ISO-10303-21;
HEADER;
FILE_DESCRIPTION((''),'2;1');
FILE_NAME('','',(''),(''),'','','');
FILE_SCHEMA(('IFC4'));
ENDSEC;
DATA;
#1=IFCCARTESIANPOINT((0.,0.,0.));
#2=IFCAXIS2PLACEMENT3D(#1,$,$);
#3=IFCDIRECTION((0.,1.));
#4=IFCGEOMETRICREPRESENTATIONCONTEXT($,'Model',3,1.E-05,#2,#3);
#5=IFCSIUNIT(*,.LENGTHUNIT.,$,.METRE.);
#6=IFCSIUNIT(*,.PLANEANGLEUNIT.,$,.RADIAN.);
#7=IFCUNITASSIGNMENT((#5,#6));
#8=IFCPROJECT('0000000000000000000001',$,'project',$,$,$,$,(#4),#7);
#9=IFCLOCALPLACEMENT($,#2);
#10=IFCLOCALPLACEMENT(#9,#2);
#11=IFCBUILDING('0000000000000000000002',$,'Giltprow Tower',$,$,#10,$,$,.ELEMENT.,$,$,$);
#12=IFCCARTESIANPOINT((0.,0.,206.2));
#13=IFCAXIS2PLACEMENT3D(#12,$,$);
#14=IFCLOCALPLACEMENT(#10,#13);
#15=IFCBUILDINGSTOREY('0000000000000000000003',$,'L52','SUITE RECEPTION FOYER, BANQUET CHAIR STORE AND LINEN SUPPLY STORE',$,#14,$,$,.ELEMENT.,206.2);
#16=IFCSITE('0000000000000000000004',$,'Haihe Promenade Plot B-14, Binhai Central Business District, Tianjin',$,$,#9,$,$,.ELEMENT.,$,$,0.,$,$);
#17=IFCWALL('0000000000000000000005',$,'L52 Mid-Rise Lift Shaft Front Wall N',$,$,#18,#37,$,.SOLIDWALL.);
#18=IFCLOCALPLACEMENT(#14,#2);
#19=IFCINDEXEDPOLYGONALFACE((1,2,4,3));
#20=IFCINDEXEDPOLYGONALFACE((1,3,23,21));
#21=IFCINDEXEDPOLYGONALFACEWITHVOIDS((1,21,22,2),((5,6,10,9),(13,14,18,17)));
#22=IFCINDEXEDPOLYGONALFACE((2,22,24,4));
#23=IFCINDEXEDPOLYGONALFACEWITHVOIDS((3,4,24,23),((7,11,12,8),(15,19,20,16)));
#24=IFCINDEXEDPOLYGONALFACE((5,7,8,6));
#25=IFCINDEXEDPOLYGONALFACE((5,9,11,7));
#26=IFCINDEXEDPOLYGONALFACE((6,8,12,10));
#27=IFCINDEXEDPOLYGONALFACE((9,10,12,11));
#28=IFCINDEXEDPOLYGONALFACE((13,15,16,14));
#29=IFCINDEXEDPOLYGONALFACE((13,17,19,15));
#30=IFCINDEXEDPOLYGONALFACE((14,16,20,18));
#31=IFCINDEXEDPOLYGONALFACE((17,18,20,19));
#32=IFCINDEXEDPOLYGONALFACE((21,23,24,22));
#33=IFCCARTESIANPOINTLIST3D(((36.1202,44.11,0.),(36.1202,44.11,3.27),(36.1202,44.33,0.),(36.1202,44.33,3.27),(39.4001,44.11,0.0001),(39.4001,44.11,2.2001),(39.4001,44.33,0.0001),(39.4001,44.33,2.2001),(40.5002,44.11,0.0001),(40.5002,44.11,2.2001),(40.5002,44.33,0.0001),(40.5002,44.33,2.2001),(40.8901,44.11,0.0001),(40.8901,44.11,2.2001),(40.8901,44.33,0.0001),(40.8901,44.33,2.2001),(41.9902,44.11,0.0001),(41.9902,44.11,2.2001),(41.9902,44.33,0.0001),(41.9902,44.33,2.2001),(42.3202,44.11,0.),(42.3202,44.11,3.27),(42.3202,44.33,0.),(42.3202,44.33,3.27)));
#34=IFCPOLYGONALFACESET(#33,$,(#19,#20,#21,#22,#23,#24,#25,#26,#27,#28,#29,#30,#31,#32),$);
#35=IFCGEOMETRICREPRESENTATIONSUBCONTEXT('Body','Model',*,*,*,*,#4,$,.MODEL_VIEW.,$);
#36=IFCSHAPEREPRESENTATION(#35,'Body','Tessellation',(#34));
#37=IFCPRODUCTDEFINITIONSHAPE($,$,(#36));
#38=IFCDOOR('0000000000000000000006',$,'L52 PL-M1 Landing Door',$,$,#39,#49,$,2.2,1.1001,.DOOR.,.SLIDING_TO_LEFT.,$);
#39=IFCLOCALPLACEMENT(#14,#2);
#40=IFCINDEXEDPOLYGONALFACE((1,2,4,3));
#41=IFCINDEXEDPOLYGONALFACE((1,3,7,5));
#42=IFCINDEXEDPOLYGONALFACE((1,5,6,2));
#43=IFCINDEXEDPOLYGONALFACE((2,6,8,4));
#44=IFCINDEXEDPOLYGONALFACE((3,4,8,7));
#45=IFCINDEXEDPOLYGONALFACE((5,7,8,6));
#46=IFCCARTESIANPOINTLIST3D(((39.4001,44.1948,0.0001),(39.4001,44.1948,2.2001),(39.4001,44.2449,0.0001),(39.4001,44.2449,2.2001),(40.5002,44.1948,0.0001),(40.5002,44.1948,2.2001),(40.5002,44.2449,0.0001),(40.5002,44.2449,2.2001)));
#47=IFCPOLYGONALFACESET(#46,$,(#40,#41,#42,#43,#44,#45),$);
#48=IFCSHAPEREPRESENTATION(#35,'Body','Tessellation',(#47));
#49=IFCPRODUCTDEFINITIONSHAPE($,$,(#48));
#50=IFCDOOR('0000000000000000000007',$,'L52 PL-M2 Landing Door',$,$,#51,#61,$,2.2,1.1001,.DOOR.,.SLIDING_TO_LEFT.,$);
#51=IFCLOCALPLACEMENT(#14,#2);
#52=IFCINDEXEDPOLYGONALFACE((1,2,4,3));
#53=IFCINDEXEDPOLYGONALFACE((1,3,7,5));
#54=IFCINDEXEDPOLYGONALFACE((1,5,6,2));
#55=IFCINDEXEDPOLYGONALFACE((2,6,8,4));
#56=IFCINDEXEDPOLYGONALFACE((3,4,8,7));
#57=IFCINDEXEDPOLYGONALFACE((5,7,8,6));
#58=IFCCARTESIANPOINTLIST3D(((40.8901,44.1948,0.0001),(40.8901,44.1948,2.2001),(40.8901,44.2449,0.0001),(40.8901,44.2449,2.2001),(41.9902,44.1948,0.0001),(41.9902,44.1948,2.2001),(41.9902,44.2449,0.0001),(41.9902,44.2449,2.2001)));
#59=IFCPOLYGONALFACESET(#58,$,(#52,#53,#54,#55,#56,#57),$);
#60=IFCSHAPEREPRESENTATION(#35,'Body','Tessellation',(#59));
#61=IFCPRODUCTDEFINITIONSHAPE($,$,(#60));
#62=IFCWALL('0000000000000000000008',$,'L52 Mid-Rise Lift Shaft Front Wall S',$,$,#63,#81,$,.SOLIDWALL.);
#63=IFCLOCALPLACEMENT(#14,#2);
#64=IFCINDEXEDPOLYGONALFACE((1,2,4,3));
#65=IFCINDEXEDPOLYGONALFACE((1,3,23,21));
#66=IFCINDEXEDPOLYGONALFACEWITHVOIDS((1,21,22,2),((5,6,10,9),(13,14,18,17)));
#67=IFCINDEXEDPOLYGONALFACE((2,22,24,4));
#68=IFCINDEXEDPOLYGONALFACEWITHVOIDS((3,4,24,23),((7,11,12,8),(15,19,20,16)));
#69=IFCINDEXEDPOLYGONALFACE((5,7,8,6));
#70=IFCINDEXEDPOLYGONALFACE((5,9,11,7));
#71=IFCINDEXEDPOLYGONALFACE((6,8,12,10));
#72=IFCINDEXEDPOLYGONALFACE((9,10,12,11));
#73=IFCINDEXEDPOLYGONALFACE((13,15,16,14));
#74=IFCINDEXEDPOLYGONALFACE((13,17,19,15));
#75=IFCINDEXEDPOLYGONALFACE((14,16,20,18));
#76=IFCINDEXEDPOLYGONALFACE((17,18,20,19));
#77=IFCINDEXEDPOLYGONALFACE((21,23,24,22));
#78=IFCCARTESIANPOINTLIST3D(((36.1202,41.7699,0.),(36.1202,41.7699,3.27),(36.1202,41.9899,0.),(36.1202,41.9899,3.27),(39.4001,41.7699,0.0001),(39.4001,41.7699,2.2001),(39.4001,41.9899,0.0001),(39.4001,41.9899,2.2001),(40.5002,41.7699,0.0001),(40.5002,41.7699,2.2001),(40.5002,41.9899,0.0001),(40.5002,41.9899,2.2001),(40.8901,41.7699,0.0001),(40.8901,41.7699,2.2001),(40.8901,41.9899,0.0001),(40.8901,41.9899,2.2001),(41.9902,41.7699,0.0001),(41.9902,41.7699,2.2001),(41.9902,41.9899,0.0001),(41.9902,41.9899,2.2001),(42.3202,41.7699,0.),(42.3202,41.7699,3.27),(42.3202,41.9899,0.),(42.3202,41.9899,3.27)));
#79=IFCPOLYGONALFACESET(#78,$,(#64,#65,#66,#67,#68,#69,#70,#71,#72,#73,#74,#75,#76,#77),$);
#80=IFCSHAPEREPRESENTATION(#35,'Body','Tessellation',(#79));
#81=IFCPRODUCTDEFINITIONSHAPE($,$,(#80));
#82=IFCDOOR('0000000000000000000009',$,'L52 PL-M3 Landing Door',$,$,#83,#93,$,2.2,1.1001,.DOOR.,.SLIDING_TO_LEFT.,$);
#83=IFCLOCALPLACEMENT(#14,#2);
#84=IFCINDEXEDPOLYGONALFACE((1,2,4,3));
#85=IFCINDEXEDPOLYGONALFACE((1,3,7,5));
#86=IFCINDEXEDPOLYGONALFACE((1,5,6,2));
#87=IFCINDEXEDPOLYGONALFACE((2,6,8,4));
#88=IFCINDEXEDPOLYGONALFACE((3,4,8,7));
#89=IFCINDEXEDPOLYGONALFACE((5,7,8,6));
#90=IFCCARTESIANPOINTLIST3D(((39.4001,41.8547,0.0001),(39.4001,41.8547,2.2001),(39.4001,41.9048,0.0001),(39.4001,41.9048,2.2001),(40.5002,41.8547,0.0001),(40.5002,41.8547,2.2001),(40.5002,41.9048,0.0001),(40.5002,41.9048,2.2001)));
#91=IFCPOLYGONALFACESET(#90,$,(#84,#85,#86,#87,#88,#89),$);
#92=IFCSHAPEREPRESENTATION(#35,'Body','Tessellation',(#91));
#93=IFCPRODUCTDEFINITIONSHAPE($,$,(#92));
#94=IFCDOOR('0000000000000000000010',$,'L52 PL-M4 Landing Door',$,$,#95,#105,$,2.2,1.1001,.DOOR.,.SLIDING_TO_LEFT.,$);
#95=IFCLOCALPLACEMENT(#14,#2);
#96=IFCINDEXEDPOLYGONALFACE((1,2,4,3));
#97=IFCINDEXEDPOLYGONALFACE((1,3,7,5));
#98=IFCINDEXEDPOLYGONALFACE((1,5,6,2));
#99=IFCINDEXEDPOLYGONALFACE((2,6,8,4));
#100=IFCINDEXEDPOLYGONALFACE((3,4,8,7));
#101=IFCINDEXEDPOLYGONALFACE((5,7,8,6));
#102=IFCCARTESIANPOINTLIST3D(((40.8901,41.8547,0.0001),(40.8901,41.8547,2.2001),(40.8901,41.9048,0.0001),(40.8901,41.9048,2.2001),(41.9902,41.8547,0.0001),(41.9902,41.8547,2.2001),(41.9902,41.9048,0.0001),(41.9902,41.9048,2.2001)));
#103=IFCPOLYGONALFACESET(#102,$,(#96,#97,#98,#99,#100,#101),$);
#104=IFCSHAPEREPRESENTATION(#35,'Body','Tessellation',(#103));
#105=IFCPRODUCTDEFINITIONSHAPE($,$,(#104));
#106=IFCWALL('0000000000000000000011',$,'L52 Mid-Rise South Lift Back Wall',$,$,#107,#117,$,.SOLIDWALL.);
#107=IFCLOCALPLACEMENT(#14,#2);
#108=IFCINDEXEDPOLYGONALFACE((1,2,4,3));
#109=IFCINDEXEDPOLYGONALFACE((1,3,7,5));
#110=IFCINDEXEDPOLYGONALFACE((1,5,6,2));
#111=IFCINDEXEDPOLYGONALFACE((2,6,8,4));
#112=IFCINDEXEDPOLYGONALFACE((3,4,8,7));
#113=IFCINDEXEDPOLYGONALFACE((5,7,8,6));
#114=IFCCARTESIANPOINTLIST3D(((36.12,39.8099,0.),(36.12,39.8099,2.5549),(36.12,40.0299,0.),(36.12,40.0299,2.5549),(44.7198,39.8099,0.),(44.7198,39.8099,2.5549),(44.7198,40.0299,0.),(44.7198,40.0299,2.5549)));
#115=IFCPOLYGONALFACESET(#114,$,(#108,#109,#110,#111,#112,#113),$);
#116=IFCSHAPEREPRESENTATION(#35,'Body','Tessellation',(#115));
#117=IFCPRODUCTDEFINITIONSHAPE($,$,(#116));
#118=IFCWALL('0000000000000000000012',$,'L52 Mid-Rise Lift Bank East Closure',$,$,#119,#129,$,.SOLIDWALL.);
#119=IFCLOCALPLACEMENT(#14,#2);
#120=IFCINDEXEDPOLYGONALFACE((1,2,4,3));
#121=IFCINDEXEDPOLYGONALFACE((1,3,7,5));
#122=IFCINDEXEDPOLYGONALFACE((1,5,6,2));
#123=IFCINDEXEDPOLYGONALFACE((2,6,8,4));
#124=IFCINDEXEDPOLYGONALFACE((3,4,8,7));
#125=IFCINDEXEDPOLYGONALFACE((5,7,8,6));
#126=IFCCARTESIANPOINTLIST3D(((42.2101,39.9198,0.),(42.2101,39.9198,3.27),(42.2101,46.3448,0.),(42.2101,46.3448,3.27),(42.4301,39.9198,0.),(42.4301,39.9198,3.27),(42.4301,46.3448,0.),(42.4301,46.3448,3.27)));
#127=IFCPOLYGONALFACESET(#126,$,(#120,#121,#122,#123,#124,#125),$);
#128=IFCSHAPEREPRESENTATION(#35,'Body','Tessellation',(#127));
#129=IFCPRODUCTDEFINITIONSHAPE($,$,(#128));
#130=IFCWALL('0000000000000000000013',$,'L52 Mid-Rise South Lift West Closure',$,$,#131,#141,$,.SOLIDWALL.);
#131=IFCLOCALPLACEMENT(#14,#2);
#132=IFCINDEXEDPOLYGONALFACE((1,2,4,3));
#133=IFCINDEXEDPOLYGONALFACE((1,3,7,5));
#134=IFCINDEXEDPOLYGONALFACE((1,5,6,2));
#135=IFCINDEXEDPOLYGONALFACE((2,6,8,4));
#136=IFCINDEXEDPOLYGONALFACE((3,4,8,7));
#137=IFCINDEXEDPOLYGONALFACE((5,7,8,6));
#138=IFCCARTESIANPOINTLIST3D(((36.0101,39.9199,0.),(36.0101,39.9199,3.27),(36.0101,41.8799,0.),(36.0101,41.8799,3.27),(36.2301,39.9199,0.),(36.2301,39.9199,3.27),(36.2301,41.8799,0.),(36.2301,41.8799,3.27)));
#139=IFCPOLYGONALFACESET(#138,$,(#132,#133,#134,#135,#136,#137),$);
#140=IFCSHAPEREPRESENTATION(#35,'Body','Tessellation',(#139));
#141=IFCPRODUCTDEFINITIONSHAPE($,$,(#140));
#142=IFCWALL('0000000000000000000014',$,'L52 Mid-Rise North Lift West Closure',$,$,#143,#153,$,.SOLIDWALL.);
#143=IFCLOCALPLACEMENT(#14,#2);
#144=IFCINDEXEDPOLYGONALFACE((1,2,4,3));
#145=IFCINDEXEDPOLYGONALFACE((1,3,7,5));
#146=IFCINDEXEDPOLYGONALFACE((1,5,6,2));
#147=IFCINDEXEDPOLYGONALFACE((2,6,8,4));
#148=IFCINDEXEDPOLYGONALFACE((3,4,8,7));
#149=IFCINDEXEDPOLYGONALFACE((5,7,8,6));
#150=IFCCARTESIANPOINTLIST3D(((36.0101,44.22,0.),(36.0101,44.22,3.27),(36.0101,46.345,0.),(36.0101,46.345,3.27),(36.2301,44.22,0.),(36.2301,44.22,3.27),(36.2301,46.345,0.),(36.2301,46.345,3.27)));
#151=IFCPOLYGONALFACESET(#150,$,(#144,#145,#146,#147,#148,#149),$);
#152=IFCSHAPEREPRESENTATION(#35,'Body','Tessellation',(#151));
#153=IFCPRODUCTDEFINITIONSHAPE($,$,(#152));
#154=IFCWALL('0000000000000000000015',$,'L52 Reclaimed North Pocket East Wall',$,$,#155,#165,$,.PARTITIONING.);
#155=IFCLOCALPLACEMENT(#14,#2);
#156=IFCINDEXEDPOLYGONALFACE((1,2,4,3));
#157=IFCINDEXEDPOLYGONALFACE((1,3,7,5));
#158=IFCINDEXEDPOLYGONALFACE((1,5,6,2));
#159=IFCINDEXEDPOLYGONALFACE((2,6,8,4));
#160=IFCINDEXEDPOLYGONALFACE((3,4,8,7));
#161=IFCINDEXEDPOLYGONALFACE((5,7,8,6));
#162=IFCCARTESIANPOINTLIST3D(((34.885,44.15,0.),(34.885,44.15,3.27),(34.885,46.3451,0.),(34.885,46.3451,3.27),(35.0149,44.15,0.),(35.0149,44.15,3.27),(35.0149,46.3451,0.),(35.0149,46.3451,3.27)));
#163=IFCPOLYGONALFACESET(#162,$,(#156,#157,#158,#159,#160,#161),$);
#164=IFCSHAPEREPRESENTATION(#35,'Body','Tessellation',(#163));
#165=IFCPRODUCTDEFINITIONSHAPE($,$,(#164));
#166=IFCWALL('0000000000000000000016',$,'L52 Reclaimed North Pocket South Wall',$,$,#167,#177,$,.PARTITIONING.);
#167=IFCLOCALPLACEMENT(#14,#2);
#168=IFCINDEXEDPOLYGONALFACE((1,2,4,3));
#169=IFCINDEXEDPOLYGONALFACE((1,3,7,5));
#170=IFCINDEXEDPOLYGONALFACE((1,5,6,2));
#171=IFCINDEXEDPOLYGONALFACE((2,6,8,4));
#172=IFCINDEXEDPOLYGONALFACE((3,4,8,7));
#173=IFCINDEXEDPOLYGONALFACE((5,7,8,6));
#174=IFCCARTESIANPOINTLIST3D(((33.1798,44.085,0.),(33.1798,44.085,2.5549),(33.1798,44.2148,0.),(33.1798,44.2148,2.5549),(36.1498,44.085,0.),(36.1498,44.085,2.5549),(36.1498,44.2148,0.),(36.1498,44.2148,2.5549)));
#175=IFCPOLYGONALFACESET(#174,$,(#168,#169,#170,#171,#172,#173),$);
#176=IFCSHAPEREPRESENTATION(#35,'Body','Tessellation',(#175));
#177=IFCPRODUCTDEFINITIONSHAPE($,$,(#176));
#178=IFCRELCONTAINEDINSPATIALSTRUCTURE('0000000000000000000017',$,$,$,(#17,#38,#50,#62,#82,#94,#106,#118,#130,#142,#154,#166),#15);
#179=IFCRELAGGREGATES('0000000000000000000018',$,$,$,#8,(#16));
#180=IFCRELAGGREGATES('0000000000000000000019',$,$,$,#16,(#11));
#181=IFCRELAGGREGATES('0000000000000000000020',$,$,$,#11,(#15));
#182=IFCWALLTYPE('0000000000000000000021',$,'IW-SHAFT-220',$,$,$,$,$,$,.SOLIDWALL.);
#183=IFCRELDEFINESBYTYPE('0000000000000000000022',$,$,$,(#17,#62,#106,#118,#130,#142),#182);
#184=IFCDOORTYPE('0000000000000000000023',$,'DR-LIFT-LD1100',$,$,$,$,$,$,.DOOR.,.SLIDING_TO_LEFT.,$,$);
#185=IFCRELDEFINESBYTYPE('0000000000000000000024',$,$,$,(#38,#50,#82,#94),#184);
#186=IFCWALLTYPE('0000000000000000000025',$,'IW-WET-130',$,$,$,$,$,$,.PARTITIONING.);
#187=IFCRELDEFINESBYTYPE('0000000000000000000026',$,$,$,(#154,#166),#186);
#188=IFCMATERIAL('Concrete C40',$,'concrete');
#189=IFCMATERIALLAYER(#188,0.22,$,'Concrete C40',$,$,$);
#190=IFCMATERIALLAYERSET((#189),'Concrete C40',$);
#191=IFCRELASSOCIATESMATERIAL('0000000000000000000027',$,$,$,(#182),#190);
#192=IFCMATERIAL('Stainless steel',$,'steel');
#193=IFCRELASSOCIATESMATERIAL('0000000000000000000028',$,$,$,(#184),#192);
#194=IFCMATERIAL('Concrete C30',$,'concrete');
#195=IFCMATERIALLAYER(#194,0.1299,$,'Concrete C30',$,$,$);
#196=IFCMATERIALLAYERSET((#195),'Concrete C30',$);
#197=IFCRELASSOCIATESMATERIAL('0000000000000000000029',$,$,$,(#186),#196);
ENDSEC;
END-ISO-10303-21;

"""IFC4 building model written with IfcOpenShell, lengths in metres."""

from ifc_helpers import new_model, si_unit, direction, frame, frame_2d, origin, place, context, subcontext, project, spatial, rectangle, extrude, source, transform, mapped, material, layer, layer_set, type_object, element, fill, save


model = new_model("IFC4")

# Units and contexts
model_context = context("Model", 3, precision=1e-05, world=origin(), true_north=direction((0.0, 1.0)))
body_context = subcontext(model_context, "Body", "Model", "MODEL_VIEW")
ifc_project = project(units=[si_unit("LENGTHUNIT", "METRE"), si_unit("PLANEANGLEUNIT", "RADIAN")], contexts=[model_context])

# Site, building, storey
site_placement = place(None, origin())
site = spatial("IfcSite", under=ifc_project, at=site_placement, Name="Haihe Promenade Plot B-14, Binhai Central Business District, Tianjin", CompositionType="ELEMENT", RefElevation=0.0)
building_placement = place(site_placement, origin())
building = spatial("IfcBuilding", under=site, at=building_placement, Name="Giltprow Tower", CompositionType="ELEMENT")
storey_placement = place(building_placement, frame((0.0, 0.0, 206.2)))
storey = spatial("IfcBuildingStorey", under=building, at=storey_placement, Name="L52", Description="SUITE RECEPTION FOYER, BANQUET CHAIR STORE AND LINEN SUPPLY STORE", CompositionType="ELEMENT", Elevation=206.2)

# Shared definitions
ifc_material_1 = material(Name="Concrete C40", Category="concrete")
ifc_layer_1 = layer(ifc_material_1, 0.22, Name="Concrete C40")
ifc_layer_set_1 = layer_set([ifc_layer_1], Name="Concrete C40")
wall_type_1 = type_object("IfcWallType", Name="IW-SHAFT-220", PredefinedType="SOLIDWALL", material=ifc_layer_set_1)
ifc_material_2 = material(Name="Stainless steel", Category="steel")
door_type = type_object("IfcDoorType", Name="DR-LIFT-LD1100", OperationType="SLIDING_TO_LEFT", PredefinedType="DOOR", material=ifc_material_2)
shared_shape_1 = source(origin(), body_context, "Body", "SweptSolid", [
    extrude(rectangle(XDim=1.1001, YDim=2.2, at=frame_2d((0.55, 1.1001))), frame((0.0, 0.0249, 0.0), z_axis=(0.0, -1.0, 0.0), x_axis=(1.0, 0.0, 0.0)), (0.0, 0.0, 1.0), 0.05),
])

# Walls, openings, doors
wall_1_placement = place(storey_placement, frame((36.1201, 44.22, 0.0), z_axis=(0.0, 0.0, 1.0), x_axis=(1.0, 0.0, 0.0)))
wall_1 = element("IfcWall", 1, at=wall_1_placement, inside=storey, type_object=wall_type_1, Name="L52 Mid-Rise Lift Shaft Front Wall N", PredefinedType="SOLIDWALL", context=body_context, shape_type="SweptSolid", body=[
    extrude(rectangle(XDim=6.2, YDim=0.22, at=frame_2d((3.1001, 0.0))), origin(), (0.0, 0.0, 1.0), 3.27),
])
opening_1_placement = place(wall_1_placement, frame((3.28, 0.0, 0.0)))
opening_1 = element("IfcOpeningElement", 2, at=opening_1_placement, cuts=wall_1, PredefinedType="OPENING", context=body_context, shape_type="SweptSolid", body=[
    extrude(rectangle(XDim=1.1001, YDim=2.2, at=frame_2d((0.55, 1.1001))), frame((0.0, 0.1199, 0.0), z_axis=(0.0, -1.0, 0.0), x_axis=(1.0, 0.0, 0.0)), (0.0, 0.0, 1.0), 0.24),
])
opening_2_placement = place(wall_1_placement, frame((4.77, 0.0, 0.0)))
opening_2 = element("IfcOpeningElement", 3, at=opening_2_placement, cuts=wall_1, PredefinedType="OPENING", context=body_context, shape_type="SweptSolid", body=[
    extrude(rectangle(XDim=1.1001, YDim=2.2, at=frame_2d((0.55, 1.1001))), frame((0.0, 0.1199, 0.0), z_axis=(0.0, -1.0, 0.0), x_axis=(1.0, 0.0, 0.0)), (0.0, 0.0, 1.0), 0.24),
])
door_1_placement = place(opening_1_placement, origin())
door_1 = element("IfcDoor", 4, at=door_1_placement, inside=storey, type_object=door_type, Name="L52 PL-M1 Landing Door", OperationType="SLIDING_TO_LEFT", OverallHeight=2.2, OverallWidth=1.1001, PredefinedType="DOOR", context=body_context, shape_type="MappedRepresentation", body=[
    mapped(shared_shape_1, transform((0.0, 0.0, 0.0), x_axis=(1.0, 0.0, 0.0), y_axis=(0.0, 1.0, 0.0), z_axis=(0.0, 0.0, 1.0), scale=1.0)),
])
fill(opening_1, door_1)
door_2_placement = place(opening_2_placement, origin())
door_2 = element("IfcDoor", 5, at=door_2_placement, inside=storey, type_object=door_type, Name="L52 PL-M2 Landing Door", OperationType="SLIDING_TO_LEFT", OverallHeight=2.2, OverallWidth=1.1001, PredefinedType="DOOR", context=body_context, shape_type="MappedRepresentation", body=[
    mapped(shared_shape_1, transform((0.0, 0.0, 0.0), x_axis=(1.0, 0.0, 0.0), y_axis=(0.0, 1.0, 0.0), z_axis=(0.0, 0.0, 1.0), scale=1.0)),
])
fill(opening_2, door_2)
wall_2_placement = place(storey_placement, frame((36.1201, 41.8799, 0.0), z_axis=(0.0, 0.0, 1.0), x_axis=(1.0, 0.0, 0.0)))
wall_2 = element("IfcWall", 6, at=wall_2_placement, inside=storey, type_object=wall_type_1, Name="L52 Mid-Rise Lift Shaft Front Wall S", PredefinedType="SOLIDWALL", context=body_context, shape_type="SweptSolid", body=[
    extrude(rectangle(XDim=6.2, YDim=0.22, at=frame_2d((3.1001, 0.0))), origin(), (0.0, 0.0, 1.0), 3.27),
])
opening_3_placement = place(wall_2_placement, frame((3.28, 0.0, 0.0)))
opening_3 = element("IfcOpeningElement", 7, at=opening_3_placement, cuts=wall_2, PredefinedType="OPENING", context=body_context, shape_type="SweptSolid", body=[
    extrude(rectangle(XDim=1.1001, YDim=2.2, at=frame_2d((0.55, 1.1001))), frame((0.0, 0.1199, 0.0), z_axis=(0.0, -1.0, 0.0), x_axis=(1.0, 0.0, 0.0)), (0.0, 0.0, 1.0), 0.24),
])
opening_4_placement = place(wall_2_placement, frame((4.77, 0.0, 0.0)))
opening_4 = element("IfcOpeningElement", 8, at=opening_4_placement, cuts=wall_2, PredefinedType="OPENING", context=body_context, shape_type="SweptSolid", body=[
    extrude(rectangle(XDim=1.1001, YDim=2.2, at=frame_2d((0.55, 1.1001))), frame((0.0, 0.1199, 0.0), z_axis=(0.0, -1.0, 0.0), x_axis=(1.0, 0.0, 0.0)), (0.0, 0.0, 1.0), 0.24),
])
door_3_placement = place(opening_3_placement, origin())
door_3 = element("IfcDoor", 9, at=door_3_placement, inside=storey, type_object=door_type, Name="L52 PL-M3 Landing Door", OperationType="SLIDING_TO_LEFT", OverallHeight=2.2, OverallWidth=1.1001, PredefinedType="DOOR", context=body_context, shape_type="MappedRepresentation", body=[
    mapped(shared_shape_1, transform((0.0, 0.0, 0.0), x_axis=(1.0, 0.0, 0.0), y_axis=(0.0, 1.0, 0.0), z_axis=(0.0, 0.0, 1.0), scale=1.0)),
])
fill(opening_3, door_3)
door_4_placement = place(opening_4_placement, origin())
door_4 = element("IfcDoor", 10, at=door_4_placement, inside=storey, type_object=door_type, Name="L52 PL-M4 Landing Door", OperationType="SLIDING_TO_LEFT", OverallHeight=2.2, OverallWidth=1.1001, PredefinedType="DOOR", context=body_context, shape_type="MappedRepresentation", body=[
    mapped(shared_shape_1, transform((0.0, 0.0, 0.0), x_axis=(1.0, 0.0, 0.0), y_axis=(0.0, 1.0, 0.0), z_axis=(0.0, 0.0, 1.0), scale=1.0)),
])
fill(opening_4, door_4)

# Walls
wall_3_placement = place(storey_placement, frame((36.1201, 39.9199, 0.0), z_axis=(0.0, 0.0, 1.0), x_axis=(1.0, 0.0, 0.0)))
element("IfcWall", 11, at=wall_3_placement, inside=storey, type_object=wall_type_1, Name="L52 Mid-Rise South Lift Back Wall", PredefinedType="SOLIDWALL", context=body_context, shape_type="SweptSolid", body=[
    extrude(rectangle(XDim=8.5999, YDim=0.22, at=frame_2d((4.2998, 0.0))), origin(), (0.0, 0.0, 1.0), 2.5549),
])
wall_4_placement = place(storey_placement, frame((42.3201, 39.9199, 0.0), z_axis=(0.0, 0.0, 1.0), x_axis=(0.0, 1.0, 0.0)))
element("IfcWall", 12, at=wall_4_placement, inside=storey, type_object=wall_type_1, Name="L52 Mid-Rise Lift Bank East Closure", PredefinedType="SOLIDWALL", context=body_context, shape_type="SweptSolid", body=[
    extrude(rectangle(XDim=6.425, YDim=0.22, at=frame_2d((3.2124, 0.0))), origin(), (0.0, 0.0, 1.0), 3.27),
])
wall_5_placement = place(storey_placement, frame((36.1201, 39.9199, 0.0), z_axis=(0.0, 0.0, 1.0), x_axis=(0.0, 1.0, 0.0)))
element("IfcWall", 13, at=wall_5_placement, inside=storey, type_object=wall_type_1, Name="L52 Mid-Rise South Lift West Closure", PredefinedType="SOLIDWALL", context=body_context, shape_type="SweptSolid", body=[
    extrude(rectangle(XDim=1.96, YDim=0.22, at=frame_2d((0.98, 0.0))), origin(), (0.0, 0.0, 1.0), 3.27),
])
wall_6_placement = place(storey_placement, frame((36.1201, 44.22, 0.0), z_axis=(0.0, 0.0, 1.0), x_axis=(0.0, 1.0, 0.0)))
element("IfcWall", 14, at=wall_6_placement, inside=storey, type_object=wall_type_1, Name="L52 Mid-Rise North Lift West Closure", PredefinedType="SOLIDWALL", context=body_context, shape_type="SweptSolid", body=[
    extrude(rectangle(XDim=2.125, YDim=0.22, at=frame_2d((1.0625, 0.0))), origin(), (0.0, 0.0, 1.0), 3.27),
])
ifc_material_3 = material(Name="Concrete C30", Category="concrete")
ifc_layer_2 = layer(ifc_material_3, 0.1299, Name="Concrete C30")
ifc_layer_set_2 = layer_set([ifc_layer_2], Name="Concrete C30")
wall_type_2 = type_object("IfcWallType", Name="IW-WET-130", PredefinedType="PARTITIONING", material=ifc_layer_set_2)
wall_7_placement = place(storey_placement, frame((34.95, 44.1499, 0.0), z_axis=(0.0, 0.0, 1.0), x_axis=(0.0, 1.0, 0.0)))
element("IfcWall", 15, at=wall_7_placement, inside=storey, type_object=wall_type_2, Name="L52 Reclaimed North Pocket East Wall", PredefinedType="PARTITIONING", context=body_context, shape_type="SweptSolid", body=[
    extrude(rectangle(XDim=2.1951, YDim=0.1299, at=frame_2d((1.0977, 0.0))), origin(), (0.0, 0.0, 1.0), 3.27),
])
wall_8_placement = place(storey_placement, frame((33.1799, 44.1499, 0.0), z_axis=(0.0, 0.0, 1.0), x_axis=(1.0, 0.0, 0.0)))
element("IfcWall", 16, at=wall_8_placement, inside=storey, type_object=wall_type_2, Name="L52 Reclaimed North Pocket South Wall", PredefinedType="PARTITIONING", context=body_context, shape_type="SweptSolid", body=[
    extrude(rectangle(XDim=2.97, YDim=0.1299, at=frame_2d((1.4849, 0.0))), origin(), (0.0, 0.0, 1.0), 2.5549),
])

save(model, "model.ifc")
